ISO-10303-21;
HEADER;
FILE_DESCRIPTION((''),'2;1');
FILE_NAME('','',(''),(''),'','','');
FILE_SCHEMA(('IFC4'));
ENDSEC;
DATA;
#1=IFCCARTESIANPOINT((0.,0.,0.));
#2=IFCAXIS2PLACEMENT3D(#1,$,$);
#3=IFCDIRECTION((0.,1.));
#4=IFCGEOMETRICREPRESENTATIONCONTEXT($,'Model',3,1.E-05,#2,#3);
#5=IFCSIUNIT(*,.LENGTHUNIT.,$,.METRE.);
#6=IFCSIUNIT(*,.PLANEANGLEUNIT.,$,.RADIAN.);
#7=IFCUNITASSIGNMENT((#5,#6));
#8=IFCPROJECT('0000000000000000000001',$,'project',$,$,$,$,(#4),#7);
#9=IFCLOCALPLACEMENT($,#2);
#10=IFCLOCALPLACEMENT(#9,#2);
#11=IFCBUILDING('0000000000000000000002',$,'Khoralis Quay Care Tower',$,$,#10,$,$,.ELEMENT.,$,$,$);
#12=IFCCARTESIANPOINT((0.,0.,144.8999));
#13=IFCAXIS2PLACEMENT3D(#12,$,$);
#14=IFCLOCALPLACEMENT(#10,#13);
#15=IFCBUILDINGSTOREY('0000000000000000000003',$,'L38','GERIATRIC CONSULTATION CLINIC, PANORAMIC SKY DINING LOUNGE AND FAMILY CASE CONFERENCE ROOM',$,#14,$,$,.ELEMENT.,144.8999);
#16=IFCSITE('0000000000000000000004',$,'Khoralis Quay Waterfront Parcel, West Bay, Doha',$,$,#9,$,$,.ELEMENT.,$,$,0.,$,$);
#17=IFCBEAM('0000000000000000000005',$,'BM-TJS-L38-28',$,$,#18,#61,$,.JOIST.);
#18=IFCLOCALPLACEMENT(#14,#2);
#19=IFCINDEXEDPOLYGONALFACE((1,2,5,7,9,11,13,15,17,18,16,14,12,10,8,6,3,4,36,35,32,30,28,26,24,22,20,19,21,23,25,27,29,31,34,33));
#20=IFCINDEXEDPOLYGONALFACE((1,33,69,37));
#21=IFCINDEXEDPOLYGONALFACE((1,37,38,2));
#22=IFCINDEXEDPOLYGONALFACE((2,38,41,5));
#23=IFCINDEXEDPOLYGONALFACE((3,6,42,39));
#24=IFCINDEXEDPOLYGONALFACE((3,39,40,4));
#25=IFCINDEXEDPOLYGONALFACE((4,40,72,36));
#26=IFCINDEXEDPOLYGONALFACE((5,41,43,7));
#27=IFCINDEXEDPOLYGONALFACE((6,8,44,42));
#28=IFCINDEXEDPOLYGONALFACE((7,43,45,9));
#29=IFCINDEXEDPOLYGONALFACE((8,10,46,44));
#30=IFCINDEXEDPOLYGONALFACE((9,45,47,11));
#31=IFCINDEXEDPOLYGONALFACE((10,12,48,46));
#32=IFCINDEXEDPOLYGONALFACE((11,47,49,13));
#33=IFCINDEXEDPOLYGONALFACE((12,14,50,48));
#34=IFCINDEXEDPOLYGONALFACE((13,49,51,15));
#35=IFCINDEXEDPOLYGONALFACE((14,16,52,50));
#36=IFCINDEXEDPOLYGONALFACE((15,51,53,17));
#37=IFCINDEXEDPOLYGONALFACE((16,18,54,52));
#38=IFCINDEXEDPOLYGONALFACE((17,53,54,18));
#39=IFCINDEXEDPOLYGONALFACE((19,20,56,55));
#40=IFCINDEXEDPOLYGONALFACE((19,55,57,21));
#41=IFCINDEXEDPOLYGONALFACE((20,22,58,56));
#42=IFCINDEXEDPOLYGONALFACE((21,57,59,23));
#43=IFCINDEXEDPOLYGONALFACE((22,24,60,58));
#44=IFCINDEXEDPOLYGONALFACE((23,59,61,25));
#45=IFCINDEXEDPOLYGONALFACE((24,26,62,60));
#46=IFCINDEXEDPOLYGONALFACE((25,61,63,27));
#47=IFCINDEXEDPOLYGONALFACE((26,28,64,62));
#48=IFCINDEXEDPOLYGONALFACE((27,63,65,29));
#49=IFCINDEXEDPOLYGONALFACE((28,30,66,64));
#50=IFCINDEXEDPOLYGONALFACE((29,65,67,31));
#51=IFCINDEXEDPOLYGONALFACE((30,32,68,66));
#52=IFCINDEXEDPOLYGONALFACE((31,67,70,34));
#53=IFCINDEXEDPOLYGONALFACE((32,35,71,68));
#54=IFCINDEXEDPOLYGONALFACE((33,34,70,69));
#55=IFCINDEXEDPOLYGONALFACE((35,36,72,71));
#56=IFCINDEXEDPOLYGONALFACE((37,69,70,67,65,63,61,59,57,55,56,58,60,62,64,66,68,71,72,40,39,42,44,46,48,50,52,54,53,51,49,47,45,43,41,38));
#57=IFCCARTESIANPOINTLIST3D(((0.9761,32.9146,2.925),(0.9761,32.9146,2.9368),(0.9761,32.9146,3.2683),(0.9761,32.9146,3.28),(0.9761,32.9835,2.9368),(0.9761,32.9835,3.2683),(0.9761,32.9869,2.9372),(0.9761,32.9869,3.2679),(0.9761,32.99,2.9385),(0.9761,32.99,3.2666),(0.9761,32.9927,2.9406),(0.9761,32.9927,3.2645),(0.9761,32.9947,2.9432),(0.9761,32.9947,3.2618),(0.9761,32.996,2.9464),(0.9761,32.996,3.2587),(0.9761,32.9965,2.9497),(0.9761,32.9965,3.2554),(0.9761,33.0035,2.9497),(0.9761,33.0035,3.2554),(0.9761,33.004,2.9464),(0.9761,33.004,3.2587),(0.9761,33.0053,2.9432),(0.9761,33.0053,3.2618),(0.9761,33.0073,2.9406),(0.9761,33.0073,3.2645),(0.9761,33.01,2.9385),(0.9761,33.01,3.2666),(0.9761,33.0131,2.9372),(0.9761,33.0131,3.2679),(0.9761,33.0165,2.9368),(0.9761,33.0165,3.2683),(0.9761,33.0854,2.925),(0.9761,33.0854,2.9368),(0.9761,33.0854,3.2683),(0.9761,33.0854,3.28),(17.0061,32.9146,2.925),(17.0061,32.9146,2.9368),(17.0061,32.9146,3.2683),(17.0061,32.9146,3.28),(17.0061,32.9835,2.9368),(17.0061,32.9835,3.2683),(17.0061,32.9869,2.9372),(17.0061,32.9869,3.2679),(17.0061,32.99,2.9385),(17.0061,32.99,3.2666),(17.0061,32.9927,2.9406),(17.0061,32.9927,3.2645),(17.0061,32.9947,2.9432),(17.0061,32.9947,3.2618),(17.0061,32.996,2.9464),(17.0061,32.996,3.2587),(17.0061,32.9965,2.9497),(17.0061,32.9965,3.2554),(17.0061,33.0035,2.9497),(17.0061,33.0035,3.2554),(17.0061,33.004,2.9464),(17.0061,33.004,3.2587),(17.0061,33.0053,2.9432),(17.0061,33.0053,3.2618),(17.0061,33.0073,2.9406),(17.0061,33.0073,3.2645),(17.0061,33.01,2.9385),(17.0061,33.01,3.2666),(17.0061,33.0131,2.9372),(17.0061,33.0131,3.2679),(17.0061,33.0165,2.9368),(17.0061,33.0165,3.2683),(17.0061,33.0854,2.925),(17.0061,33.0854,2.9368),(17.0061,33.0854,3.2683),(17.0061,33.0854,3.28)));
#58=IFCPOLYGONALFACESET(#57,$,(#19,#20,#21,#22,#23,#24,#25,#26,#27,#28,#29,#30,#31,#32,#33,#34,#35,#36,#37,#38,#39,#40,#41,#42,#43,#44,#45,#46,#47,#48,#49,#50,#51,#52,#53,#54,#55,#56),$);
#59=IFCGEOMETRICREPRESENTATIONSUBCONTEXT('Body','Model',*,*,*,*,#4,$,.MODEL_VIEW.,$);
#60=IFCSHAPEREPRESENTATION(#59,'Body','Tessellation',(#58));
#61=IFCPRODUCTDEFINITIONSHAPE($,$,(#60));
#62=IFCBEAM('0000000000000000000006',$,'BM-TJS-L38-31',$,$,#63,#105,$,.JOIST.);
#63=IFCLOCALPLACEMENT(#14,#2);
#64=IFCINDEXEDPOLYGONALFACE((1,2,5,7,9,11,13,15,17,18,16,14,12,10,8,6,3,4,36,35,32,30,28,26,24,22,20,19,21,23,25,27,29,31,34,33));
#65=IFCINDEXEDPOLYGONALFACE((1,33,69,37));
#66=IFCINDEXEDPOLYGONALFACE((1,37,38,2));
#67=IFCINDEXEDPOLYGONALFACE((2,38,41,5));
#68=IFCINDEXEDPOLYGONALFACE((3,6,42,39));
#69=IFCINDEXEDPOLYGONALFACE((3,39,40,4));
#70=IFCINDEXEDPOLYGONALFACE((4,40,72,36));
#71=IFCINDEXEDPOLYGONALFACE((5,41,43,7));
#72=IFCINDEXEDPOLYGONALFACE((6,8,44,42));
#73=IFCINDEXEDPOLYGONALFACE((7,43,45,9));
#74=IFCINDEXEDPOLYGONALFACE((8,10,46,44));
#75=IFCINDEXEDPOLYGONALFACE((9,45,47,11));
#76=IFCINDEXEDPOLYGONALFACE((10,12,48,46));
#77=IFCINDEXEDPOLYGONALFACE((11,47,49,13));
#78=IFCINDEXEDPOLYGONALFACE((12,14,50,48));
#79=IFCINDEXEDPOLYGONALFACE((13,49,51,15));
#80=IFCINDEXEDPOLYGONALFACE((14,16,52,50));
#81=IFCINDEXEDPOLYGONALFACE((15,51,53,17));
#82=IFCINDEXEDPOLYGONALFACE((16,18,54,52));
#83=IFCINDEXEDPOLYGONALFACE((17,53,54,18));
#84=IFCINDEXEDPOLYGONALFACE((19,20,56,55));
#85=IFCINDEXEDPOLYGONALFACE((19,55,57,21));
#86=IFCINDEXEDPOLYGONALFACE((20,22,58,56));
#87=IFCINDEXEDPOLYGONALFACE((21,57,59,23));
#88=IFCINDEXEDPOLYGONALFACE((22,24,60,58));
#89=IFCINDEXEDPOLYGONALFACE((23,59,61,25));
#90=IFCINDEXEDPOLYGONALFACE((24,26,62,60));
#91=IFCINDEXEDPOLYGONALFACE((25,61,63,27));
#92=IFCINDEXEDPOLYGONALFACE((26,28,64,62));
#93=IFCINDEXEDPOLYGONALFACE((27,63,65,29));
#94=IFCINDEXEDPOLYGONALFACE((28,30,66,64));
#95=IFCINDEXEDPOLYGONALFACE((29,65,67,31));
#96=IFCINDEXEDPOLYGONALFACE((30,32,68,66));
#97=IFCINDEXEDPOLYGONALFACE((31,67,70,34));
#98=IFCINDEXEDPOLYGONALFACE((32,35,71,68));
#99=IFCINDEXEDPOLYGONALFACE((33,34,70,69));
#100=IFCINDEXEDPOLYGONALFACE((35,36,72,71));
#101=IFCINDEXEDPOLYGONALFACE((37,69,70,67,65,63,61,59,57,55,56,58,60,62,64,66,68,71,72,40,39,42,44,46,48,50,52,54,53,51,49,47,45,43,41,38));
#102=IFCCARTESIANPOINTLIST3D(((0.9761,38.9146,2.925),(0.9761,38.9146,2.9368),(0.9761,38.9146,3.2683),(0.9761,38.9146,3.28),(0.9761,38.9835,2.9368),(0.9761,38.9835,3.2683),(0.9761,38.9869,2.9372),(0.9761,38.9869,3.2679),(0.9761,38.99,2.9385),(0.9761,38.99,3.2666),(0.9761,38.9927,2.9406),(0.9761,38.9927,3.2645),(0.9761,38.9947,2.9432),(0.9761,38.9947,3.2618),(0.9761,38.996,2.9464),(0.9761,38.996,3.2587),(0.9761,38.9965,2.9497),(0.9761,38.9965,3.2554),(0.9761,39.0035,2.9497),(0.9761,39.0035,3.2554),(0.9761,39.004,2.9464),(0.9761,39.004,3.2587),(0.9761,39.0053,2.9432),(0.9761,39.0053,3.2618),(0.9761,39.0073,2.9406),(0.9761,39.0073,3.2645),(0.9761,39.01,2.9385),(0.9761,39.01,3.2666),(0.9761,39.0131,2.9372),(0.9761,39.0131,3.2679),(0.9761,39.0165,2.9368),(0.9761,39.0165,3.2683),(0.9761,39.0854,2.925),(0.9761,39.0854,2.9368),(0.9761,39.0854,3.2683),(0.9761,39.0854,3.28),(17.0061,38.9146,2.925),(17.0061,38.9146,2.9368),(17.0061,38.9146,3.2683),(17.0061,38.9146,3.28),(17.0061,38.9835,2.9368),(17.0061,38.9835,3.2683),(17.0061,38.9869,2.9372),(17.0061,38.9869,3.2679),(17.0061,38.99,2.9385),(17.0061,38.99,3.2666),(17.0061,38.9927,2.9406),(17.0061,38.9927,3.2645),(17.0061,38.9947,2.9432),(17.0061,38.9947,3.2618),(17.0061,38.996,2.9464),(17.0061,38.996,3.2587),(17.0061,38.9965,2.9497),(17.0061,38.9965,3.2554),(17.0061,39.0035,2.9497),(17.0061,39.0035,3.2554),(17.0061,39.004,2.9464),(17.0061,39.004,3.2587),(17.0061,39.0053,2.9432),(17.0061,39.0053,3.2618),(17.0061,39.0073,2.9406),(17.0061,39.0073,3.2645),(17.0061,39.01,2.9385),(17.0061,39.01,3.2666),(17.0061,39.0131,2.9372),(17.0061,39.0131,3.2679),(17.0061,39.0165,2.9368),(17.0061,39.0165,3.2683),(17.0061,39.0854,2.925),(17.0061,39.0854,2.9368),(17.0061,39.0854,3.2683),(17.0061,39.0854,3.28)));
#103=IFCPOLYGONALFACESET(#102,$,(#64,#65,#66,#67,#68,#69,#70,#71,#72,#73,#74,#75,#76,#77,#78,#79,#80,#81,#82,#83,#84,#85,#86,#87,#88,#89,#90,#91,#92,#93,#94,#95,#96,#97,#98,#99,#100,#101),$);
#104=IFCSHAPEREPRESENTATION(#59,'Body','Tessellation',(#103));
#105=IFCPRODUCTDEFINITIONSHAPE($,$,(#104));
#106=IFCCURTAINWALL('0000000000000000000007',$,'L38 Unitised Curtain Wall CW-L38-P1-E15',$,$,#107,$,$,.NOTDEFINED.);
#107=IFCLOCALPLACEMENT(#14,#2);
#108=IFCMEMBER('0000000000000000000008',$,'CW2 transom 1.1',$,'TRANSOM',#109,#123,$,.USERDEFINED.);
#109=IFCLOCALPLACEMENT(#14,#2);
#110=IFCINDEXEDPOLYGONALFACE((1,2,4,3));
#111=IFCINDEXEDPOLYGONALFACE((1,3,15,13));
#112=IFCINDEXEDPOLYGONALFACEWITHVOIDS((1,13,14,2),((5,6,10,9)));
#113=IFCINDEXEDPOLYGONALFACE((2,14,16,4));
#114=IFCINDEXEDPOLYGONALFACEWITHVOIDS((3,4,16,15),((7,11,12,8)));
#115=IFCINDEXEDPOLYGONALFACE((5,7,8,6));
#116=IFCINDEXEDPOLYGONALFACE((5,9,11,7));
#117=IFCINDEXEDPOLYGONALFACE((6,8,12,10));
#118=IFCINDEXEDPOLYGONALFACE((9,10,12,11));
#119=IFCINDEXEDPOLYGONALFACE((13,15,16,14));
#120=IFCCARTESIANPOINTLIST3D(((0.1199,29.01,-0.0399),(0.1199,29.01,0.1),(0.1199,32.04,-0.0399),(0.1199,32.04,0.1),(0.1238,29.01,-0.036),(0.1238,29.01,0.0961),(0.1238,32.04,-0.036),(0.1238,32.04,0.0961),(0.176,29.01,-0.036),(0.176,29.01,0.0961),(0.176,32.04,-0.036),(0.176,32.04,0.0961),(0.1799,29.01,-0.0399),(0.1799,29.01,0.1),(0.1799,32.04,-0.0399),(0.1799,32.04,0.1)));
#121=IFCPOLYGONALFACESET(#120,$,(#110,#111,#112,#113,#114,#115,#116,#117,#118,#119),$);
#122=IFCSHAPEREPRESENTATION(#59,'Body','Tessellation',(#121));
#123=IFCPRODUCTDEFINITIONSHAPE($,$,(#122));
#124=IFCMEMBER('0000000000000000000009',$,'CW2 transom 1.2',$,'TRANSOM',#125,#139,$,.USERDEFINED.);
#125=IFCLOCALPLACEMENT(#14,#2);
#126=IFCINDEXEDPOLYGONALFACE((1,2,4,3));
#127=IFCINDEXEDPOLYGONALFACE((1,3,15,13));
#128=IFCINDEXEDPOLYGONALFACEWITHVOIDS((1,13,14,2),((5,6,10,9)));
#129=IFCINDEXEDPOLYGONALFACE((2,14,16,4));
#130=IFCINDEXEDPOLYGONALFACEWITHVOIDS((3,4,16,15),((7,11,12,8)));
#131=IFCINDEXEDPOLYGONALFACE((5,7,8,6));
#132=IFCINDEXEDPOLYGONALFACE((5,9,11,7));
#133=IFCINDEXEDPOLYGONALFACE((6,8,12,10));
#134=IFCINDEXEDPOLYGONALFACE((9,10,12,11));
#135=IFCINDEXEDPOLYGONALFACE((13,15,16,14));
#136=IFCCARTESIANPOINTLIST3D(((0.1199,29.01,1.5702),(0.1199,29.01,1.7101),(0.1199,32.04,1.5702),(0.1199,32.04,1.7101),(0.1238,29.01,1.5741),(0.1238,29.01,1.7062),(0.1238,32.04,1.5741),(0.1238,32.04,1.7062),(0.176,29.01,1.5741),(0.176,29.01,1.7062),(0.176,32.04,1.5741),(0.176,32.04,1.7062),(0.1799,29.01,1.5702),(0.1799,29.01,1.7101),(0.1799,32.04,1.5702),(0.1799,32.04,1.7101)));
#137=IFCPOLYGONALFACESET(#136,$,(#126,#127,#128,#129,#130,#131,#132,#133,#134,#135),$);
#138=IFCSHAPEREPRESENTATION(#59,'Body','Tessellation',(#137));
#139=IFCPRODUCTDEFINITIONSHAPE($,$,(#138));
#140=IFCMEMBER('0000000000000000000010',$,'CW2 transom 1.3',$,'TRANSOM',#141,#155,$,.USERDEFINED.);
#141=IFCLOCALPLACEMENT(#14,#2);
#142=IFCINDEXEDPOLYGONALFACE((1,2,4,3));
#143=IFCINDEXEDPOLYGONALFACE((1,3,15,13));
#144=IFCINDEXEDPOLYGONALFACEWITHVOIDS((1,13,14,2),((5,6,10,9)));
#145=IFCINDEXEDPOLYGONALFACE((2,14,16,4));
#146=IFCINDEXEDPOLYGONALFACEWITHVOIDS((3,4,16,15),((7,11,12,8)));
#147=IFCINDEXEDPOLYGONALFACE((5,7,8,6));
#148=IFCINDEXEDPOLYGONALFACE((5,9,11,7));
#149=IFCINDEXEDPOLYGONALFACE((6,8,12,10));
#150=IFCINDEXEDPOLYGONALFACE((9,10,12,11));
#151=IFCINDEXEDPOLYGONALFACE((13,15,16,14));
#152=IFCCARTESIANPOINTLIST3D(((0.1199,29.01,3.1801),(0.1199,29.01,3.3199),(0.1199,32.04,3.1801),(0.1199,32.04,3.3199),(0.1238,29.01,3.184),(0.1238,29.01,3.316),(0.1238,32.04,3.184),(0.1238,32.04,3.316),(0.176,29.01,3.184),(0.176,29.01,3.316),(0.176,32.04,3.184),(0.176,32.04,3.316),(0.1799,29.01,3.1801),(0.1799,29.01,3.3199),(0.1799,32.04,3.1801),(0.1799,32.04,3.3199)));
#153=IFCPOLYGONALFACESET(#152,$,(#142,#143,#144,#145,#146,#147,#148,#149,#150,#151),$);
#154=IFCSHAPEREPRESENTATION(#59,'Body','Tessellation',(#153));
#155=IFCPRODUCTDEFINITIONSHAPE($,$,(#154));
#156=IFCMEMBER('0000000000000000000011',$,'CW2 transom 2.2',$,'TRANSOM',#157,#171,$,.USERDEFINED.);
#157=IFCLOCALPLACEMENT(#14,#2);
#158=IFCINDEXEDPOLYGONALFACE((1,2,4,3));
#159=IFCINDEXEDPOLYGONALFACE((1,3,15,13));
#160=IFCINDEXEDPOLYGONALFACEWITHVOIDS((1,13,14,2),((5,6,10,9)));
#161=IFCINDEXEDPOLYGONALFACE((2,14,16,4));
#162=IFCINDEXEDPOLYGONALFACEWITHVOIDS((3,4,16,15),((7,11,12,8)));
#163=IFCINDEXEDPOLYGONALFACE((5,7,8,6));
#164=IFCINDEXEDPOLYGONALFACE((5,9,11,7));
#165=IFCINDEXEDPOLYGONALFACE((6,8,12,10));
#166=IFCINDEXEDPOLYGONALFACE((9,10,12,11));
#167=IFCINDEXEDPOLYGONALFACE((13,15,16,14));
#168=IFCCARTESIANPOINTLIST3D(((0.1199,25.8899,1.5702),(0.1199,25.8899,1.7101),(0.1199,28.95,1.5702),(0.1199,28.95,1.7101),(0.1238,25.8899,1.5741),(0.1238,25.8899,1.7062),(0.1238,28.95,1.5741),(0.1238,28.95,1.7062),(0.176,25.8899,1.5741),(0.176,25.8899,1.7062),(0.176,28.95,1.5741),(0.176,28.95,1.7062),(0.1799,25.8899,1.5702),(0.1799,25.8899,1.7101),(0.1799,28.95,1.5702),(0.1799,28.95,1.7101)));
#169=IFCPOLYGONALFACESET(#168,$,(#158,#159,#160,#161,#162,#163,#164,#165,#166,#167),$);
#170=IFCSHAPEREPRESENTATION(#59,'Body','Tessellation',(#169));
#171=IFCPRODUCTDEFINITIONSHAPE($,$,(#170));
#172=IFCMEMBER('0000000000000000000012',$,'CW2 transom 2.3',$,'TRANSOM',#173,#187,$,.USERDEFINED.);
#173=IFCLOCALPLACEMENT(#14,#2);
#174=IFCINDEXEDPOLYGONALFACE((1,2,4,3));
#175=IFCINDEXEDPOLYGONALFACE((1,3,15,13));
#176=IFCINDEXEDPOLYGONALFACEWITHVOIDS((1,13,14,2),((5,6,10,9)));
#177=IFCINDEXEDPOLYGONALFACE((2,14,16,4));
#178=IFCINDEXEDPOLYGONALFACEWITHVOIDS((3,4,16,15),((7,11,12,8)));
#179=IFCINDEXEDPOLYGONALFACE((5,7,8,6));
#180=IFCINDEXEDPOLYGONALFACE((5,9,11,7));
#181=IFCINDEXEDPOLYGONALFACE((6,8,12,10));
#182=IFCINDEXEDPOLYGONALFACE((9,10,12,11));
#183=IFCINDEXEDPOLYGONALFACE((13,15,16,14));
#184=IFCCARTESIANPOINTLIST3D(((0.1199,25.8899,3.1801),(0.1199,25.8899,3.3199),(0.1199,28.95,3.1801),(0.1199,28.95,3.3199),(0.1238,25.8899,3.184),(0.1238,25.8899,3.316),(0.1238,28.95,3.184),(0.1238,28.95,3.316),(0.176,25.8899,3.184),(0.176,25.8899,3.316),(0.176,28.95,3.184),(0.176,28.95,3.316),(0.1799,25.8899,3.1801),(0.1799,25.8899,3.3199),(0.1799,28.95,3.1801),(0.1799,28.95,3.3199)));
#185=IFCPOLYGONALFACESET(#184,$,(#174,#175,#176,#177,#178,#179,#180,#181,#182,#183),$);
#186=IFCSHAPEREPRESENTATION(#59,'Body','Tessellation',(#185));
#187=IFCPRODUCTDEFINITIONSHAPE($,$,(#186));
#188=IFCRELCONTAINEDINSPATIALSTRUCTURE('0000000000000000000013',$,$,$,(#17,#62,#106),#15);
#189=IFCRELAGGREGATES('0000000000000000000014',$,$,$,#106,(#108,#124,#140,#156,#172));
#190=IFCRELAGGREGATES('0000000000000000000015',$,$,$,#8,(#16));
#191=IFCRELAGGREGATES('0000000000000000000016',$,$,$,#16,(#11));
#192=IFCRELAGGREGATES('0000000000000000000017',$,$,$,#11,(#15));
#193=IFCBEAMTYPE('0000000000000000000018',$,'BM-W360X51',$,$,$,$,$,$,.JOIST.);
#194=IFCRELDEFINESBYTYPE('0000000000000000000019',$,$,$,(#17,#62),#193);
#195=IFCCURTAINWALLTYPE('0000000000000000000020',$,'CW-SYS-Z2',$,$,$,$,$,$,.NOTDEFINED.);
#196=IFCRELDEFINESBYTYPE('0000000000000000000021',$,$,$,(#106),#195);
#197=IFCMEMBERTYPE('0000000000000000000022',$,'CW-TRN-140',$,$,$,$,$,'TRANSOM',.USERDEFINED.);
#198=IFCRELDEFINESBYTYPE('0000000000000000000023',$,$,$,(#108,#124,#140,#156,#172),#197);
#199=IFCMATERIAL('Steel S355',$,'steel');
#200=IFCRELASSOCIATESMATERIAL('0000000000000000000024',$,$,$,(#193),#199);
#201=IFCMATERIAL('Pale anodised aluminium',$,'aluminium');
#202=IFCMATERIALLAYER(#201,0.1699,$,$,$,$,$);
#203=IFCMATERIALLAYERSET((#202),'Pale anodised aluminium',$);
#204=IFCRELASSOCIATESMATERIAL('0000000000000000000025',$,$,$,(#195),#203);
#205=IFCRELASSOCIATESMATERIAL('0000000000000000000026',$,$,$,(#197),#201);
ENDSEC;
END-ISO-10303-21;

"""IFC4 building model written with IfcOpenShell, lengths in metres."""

from ifc_helpers import new_model, si_unit, direction, frame, origin, origin_2d, place, context, subcontext, project, spatial, hollow_rectangle, i_section, extrude, source, transform, mapped, material, layer, layer_set, material_profile, profile_set, type_object, element, aggregate, save


model = new_model("IFC4")

# Units and contexts
model_context = context("Model", 3, precision=1e-05, world=origin(), true_north=direction((0.0, 1.0)))
body_context = subcontext(model_context, "Body", "Model", "MODEL_VIEW")
ifc_project = project(units=[si_unit("LENGTHUNIT", "METRE"), si_unit("PLANEANGLEUNIT", "RADIAN")], contexts=[model_context])

# Site, building, storey
site_placement = place(None, origin())
site = spatial("IfcSite", under=ifc_project, at=site_placement, Name="Khoralis Quay Waterfront Parcel, West Bay, Doha", CompositionType="ELEMENT", RefElevation=0.0)
building_placement = place(site_placement, origin())
building = spatial("IfcBuilding", under=site, at=building_placement, Name="Khoralis Quay Care Tower", CompositionType="ELEMENT")
storey_placement = place(building_placement, frame((0.0, 0.0, 144.8999)))
storey = spatial("IfcBuildingStorey", under=building, at=storey_placement, Name="L38", Description="GERIATRIC CONSULTATION CLINIC, PANORAMIC SKY DINING LOUNGE AND FAMILY CASE CONFERENCE ROOM", CompositionType="ELEMENT", Elevation=144.8999)

# Beams
ifc_material_1 = material(Name="Steel S355", Category="steel")
ifc_material_profile_1 = material_profile(ifc_material_1, i_section(OverallWidth=0.1709, OverallDepth=0.355, WebThickness=0.0071, FlangeThickness=0.0117, FilletRadius=0.0129, at=origin_2d()), Name="Steel S355")
ifc_profile_set_1 = profile_set([ifc_material_profile_1], Name="Steel S355")
beam_type_1 = type_object("IfcBeamType", Name="BM-W360X51", PredefinedType="JOIST", material=ifc_profile_set_1)
shared_shape_1 = source(origin(), body_context, "Body", "SweptSolid", [
    extrude(i_section(OverallWidth=0.1709, OverallDepth=0.355, WebThickness=0.0071, FlangeThickness=0.0117, FilletRadius=0.0129, at=origin_2d()), origin(), (0.0, 0.0, 1.0), 16.03),
])
for number, where, z_axis, x_axis, name in (
    (1, (0.9761, 33.0, 3.1025), (1.0, 0.0, 0.0), (0.0, 1.0, 0.0), "BM-TJS-L38-28"),
    (2, (0.9761, 39.0, 3.1025), (1.0, 0.0, 0.0), (0.0, 1.0, 0.0), "BM-TJS-L38-31"),
):
    element("IfcBeam", number, at=place(storey_placement, frame(where, z_axis=z_axis, x_axis=x_axis)), inside=storey, type_object=beam_type_1, Name=name, PredefinedType="JOIST", context=body_context, shape_type="MappedRepresentation", body=[
        mapped(shared_shape_1, transform((0.0, 0.0, 0.0), scale=1.0)),
    ])

# Curtain wall, members
ifc_material_2 = material(Name="Pale anodised aluminium", Category="aluminium")
ifc_layer_1 = layer(ifc_material_2, 0.1699)
ifc_layer_set_1 = layer_set([ifc_layer_1], Name="Pale anodised aluminium")
curtain_wall_type = type_object("IfcCurtainWallType", Name="CW-SYS-Z2", PredefinedType="NOTDEFINED", material=ifc_layer_set_1)
curtain_wall_placement = place(storey_placement, origin())
curtain_wall = element("IfcCurtainWall", 3, at=curtain_wall_placement, inside=storey, type_object=curtain_wall_type, Name="L38 Unitised Curtain Wall CW-L38-P1-E15", PredefinedType="NOTDEFINED")
ifc_material_profile_2 = material_profile(ifc_material_2, hollow_rectangle(XDim=0.0601, YDim=0.1399, WallThickness=0.0039, at=origin_2d()), Name="Pale anodised aluminium")
ifc_profile_set_2 = profile_set([ifc_material_profile_2], Name="Pale anodised aluminium")
member_type_1 = type_object("IfcMemberType", Name="CW-TRN-140", ElementType="TRANSOM", PredefinedType="USERDEFINED", material=ifc_profile_set_2)
shared_shape_2 = source(origin(), body_context, "Body", "SweptSolid", [
    extrude(hollow_rectangle(XDim=0.0601, YDim=0.1399, WallThickness=0.0039, at=origin_2d()), origin(), (0.0, 0.0, 1.0), 3.03),
])
member_1_placement = place(storey_placement, frame((0.1499, 32.04, 0.03), z_axis=(0.0, -1.0, 0.0), x_axis=(1.0, 0.0, 0.0)))
member_1 = element("IfcMember", 4, at=member_1_placement, type_object=member_type_1, Name="CW2 transom 1.1", ObjectType="TRANSOM", PredefinedType="USERDEFINED", context=body_context, shape_type="MappedRepresentation", body=[
    mapped(shared_shape_2, transform((0.0, 0.0, 0.0), scale=1.0)),
])
member_2_placement = place(storey_placement, frame((0.1499, 32.04, 1.6401), z_axis=(0.0, -1.0, 0.0), x_axis=(1.0, 0.0, 0.0)))
member_2 = element("IfcMember", 5, at=member_2_placement, type_object=member_type_1, Name="CW2 transom 1.2", ObjectType="TRANSOM", PredefinedType="USERDEFINED", context=body_context, shape_type="MappedRepresentation", body=[
    mapped(shared_shape_2, transform((0.0, 0.0, 0.0), scale=1.0)),
])
member_3_placement = place(storey_placement, frame((0.1499, 32.04, 3.25), z_axis=(0.0, -1.0, 0.0), x_axis=(1.0, 0.0, 0.0)))
member_3 = element("IfcMember", 6, at=member_3_placement, type_object=member_type_1, Name="CW2 transom 1.3", ObjectType="TRANSOM", PredefinedType="USERDEFINED", context=body_context, shape_type="MappedRepresentation", body=[
    mapped(shared_shape_2, transform((0.0, 0.0, 0.0), scale=1.0)),
])
shared_shape_3 = source(origin(), body_context, "Body", "SweptSolid", [
    extrude(hollow_rectangle(XDim=0.0601, YDim=0.1399, WallThickness=0.0039, at=origin_2d()), origin(), (0.0, 0.0, 1.0), 3.0601),
])
member_4_placement = place(storey_placement, frame((0.1499, 28.95, 1.6401), z_axis=(0.0, -1.0, 0.0), x_axis=(1.0, 0.0, 0.0)))
member_4 = element("IfcMember", 7, at=member_4_placement, type_object=member_type_1, Name="CW2 transom 2.2", ObjectType="TRANSOM", PredefinedType="USERDEFINED", context=body_context, shape_type="MappedRepresentation", body=[
    mapped(shared_shape_3, transform((0.0, 0.0, 0.0), scale=1.0)),
])
member_5_placement = place(storey_placement, frame((0.1499, 28.95, 3.25), z_axis=(0.0, -1.0, 0.0), x_axis=(1.0, 0.0, 0.0)))
member_5 = element("IfcMember", 8, at=member_5_placement, type_object=member_type_1, Name="CW2 transom 2.3", ObjectType="TRANSOM", PredefinedType="USERDEFINED", context=body_context, shape_type="MappedRepresentation", body=[
    mapped(shared_shape_3, transform((0.0, 0.0, 0.0), scale=1.0)),
])
aggregate(curtain_wall, [member_1, member_2, member_3, member_4, member_5])

save(model, "model.ifc")
